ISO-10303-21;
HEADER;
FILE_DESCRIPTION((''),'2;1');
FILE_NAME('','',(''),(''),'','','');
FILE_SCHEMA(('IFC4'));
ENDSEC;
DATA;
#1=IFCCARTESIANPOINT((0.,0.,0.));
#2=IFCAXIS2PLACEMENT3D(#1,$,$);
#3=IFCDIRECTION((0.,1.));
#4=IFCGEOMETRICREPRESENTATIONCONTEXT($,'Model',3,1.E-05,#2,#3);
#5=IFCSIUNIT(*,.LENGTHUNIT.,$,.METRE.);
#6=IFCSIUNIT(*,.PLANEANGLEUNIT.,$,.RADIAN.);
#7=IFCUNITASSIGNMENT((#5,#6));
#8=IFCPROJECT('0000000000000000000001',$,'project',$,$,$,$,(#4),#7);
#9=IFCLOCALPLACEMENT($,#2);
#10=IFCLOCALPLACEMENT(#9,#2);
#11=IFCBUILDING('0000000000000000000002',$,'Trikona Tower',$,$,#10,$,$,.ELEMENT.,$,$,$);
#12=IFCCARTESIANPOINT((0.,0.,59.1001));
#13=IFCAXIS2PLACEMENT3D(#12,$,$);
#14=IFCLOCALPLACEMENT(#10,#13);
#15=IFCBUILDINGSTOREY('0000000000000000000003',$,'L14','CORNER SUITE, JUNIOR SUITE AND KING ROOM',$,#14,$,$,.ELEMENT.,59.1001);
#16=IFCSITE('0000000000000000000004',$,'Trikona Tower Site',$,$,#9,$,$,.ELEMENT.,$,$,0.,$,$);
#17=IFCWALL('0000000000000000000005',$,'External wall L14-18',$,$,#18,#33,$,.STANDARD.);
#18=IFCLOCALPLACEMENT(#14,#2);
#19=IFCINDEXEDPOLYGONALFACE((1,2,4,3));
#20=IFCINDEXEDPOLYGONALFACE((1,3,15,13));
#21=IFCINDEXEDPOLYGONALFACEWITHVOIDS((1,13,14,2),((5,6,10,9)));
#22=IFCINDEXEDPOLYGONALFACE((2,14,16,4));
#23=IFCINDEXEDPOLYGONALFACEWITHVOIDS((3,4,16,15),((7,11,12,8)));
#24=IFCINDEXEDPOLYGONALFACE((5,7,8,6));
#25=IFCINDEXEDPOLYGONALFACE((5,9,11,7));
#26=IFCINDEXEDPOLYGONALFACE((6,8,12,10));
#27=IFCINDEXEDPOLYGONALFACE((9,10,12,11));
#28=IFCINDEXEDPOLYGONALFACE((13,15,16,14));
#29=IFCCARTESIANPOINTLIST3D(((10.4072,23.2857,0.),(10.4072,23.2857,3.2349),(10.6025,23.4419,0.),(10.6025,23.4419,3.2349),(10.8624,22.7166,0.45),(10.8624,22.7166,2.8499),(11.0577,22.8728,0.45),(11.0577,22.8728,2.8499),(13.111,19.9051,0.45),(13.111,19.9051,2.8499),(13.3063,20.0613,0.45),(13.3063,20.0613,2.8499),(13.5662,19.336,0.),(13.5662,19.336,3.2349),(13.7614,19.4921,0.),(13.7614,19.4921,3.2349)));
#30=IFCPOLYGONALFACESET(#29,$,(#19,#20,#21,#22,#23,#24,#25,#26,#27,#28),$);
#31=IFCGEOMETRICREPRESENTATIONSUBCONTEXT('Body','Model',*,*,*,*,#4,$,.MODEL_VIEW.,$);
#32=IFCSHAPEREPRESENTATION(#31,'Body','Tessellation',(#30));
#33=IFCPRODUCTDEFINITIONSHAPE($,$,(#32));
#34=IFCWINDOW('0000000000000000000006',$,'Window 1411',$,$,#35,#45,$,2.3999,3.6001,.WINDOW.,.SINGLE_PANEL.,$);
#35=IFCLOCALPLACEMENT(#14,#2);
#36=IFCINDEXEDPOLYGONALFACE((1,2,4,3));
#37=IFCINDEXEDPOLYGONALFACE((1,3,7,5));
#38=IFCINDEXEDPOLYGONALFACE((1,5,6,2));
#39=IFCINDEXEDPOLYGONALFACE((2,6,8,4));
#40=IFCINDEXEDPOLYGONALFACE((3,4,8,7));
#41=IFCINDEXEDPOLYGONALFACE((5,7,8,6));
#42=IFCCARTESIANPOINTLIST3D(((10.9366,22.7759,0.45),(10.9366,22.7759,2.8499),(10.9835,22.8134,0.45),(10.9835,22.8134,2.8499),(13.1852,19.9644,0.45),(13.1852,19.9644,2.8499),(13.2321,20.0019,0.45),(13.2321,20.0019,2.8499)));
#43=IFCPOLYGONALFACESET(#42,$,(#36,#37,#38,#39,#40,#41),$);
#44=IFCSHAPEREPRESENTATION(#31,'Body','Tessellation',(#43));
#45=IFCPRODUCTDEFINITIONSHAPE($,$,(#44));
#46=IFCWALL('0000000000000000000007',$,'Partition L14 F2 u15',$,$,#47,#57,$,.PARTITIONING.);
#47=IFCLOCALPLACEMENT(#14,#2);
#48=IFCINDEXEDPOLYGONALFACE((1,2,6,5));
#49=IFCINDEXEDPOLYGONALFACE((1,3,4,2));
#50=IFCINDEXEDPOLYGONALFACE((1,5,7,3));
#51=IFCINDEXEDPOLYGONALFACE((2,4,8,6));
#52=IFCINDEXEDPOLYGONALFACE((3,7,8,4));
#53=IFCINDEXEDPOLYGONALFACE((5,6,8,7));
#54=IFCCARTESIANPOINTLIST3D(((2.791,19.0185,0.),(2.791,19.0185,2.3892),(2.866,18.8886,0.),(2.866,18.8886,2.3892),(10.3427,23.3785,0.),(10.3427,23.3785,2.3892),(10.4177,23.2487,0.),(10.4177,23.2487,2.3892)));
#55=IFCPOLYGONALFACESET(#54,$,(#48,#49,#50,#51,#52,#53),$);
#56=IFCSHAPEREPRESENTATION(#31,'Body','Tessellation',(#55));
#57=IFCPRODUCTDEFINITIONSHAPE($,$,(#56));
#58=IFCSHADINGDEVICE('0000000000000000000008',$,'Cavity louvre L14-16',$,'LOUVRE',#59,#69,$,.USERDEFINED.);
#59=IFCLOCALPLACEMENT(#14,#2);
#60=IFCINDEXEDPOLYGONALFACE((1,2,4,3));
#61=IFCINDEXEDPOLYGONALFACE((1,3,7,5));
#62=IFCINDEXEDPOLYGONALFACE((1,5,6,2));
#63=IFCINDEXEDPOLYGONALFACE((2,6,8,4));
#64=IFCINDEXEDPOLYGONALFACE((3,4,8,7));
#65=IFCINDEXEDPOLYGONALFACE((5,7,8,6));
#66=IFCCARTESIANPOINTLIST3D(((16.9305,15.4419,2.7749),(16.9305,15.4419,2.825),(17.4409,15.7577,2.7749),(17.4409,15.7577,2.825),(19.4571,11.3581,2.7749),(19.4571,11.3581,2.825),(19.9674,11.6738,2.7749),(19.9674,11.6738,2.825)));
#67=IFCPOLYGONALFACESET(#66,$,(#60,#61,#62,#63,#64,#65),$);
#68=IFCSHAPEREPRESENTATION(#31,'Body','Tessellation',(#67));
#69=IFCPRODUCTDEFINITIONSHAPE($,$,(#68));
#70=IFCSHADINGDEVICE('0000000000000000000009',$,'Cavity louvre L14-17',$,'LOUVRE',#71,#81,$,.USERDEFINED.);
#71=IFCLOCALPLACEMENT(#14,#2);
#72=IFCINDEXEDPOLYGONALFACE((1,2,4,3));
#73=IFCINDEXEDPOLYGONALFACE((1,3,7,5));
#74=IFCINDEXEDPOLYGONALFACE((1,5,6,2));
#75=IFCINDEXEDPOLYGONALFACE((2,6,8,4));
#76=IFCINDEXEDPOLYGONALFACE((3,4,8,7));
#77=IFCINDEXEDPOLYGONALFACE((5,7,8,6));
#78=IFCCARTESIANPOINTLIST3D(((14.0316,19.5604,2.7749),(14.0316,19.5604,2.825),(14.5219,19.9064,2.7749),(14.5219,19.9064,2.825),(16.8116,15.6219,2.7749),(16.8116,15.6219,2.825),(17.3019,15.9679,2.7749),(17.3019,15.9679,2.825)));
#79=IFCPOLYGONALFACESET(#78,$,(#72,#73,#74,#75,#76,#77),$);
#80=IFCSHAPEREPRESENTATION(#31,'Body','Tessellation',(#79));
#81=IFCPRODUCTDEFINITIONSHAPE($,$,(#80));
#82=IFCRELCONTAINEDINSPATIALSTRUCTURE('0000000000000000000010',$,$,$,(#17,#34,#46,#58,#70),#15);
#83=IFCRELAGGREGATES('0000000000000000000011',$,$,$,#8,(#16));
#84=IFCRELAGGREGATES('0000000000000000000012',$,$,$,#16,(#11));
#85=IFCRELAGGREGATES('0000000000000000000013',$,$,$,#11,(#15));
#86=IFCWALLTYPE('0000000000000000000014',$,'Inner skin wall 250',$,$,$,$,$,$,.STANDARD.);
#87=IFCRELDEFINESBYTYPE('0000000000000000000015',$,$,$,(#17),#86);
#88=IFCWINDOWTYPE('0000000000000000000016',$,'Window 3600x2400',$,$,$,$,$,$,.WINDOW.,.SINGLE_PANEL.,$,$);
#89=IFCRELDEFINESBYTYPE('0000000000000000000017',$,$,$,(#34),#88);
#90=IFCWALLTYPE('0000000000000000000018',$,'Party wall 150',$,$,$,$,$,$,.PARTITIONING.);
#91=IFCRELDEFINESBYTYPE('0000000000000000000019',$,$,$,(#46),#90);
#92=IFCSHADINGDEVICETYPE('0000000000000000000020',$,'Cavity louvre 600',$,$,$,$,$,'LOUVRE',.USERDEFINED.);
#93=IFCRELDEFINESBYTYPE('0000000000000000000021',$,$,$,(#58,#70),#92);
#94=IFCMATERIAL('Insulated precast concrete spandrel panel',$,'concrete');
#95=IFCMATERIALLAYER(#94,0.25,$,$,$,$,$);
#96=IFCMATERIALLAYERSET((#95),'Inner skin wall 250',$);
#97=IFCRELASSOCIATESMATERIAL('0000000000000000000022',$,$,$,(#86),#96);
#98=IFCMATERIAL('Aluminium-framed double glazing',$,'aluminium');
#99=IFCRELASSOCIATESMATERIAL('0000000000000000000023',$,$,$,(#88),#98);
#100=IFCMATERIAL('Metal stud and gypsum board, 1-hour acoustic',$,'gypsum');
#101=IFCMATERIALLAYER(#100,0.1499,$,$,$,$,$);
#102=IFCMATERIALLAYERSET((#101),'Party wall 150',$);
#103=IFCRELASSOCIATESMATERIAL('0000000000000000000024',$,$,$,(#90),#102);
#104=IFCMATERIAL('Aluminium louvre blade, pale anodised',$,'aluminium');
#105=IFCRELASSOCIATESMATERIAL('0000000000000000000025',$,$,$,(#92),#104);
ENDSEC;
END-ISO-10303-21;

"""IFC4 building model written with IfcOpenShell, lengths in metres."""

from ifc_helpers import new_model, si_unit, direction, frame, frame_2d, origin, origin_2d, place, context, subcontext, project, spatial, rectangle, extrude, material, layer, layer_set, type_object, element, fill, save


model = new_model("IFC4")

# Units and contexts
model_context = context("Model", 3, precision=1e-05, world=origin(), true_north=direction((0.0, 1.0)))
body_context = subcontext(model_context, "Body", "Model", "MODEL_VIEW")
ifc_project = project(units=[si_unit("LENGTHUNIT", "METRE"), si_unit("PLANEANGLEUNIT", "RADIAN")], contexts=[model_context])

# Site, building, storey
site_placement = place(None, origin())
site = spatial("IfcSite", under=ifc_project, at=site_placement, Name="Trikona Tower Site", CompositionType="ELEMENT", RefElevation=0.0)
building_placement = place(site_placement, origin())
building = spatial("IfcBuilding", under=site, at=building_placement, Name="Trikona Tower", CompositionType="ELEMENT")
storey_placement = place(building_placement, frame((0.0, 0.0, 59.1001)))
storey = spatial("IfcBuildingStorey", under=building, at=storey_placement, Name="L14", Description="CORNER SUITE, JUNIOR SUITE AND KING ROOM", CompositionType="ELEMENT", Elevation=59.1001)

# Wall, opening, window
ifc_material_1 = material(Name="Insulated precast concrete spandrel panel", Category="concrete")
ifc_layer_1 = layer(ifc_material_1, 0.25)
ifc_layer_set_1 = layer_set([ifc_layer_1], Name="Inner skin wall 250")
wall_type_1 = type_object("IfcWallType", Name="Inner skin wall 250", PredefinedType="STANDARD", material=ifc_layer_set_1)
ifc_material_2 = material(Name="Aluminium-framed double glazing", Category="aluminium")
window_type = type_object("IfcWindowType", Name="Window 3600x2400", PartitioningType="SINGLE_PANEL", PredefinedType="WINDOW", material=ifc_material_2)
wall_1_placement = place(storey_placement, frame((13.6638, 19.4141, 0.0), z_axis=(0.0, 0.0, 1.0), x_axis=(-0.624595, 0.780949, 0.0)))
wall_1 = element("IfcWall", 1, at=wall_1_placement, inside=storey, type_object=wall_type_1, Name="External wall L14-18", PredefinedType="STANDARD", context=body_context, shape_type="SweptSolid", body=[
    extrude(rectangle(XDim=5.0576, YDim=0.25, at=frame_2d((2.5288, 0.0))), origin(), (0.0, 0.0, 1.0), 3.2349),
])
opening_1_placement = place(wall_1_placement, frame((0.7288, 0.0, 0.45)))
opening_1 = element("IfcOpeningElement", 2, at=opening_1_placement, cuts=wall_1, PredefinedType="OPENING", context=body_context, shape_type="SweptSolid", body=[
    extrude(rectangle(XDim=3.6001, YDim=2.3999, at=frame_2d((1.8, 1.2))), frame((0.0, 0.135, 0.0), z_axis=(0.0, -1.0, 0.0), x_axis=(1.0, 0.0, 0.0)), (0.0, 0.0, 1.0), 0.27),
])
window_1_placement = place(opening_1_placement, origin())
window_1 = element("IfcWindow", 3, at=window_1_placement, inside=storey, type_object=window_type, Name="Window 1411", OverallHeight=2.3999, OverallWidth=3.6001, PartitioningType="SINGLE_PANEL", PredefinedType="WINDOW", context=body_context, shape_type="SweptSolid", body=[
    extrude(rectangle(XDim=3.6001, YDim=2.3999, at=frame_2d((1.8, 1.2))), frame((0.0, 0.03, 0.0), z_axis=(0.0, -1.0, 0.0), x_axis=(1.0, 0.0, 0.0)), (0.0, 0.0, 1.0), 0.0601),
])
fill(opening_1, window_1)

# Wall
ifc_material_3 = material(Name="Metal stud and gypsum board, 1-hour acoustic", Category="gypsum")
ifc_layer_2 = layer(ifc_material_3, 0.1499)
ifc_layer_set_2 = layer_set([ifc_layer_2], Name="Party wall 150")
wall_type_2 = type_object("IfcWallType", Name="Party wall 150", PredefinedType="PARTITIONING", material=ifc_layer_set_2)
wall_2_placement = place(storey_placement, frame((2.8286, 18.9536, 0.0), z_axis=(0.0, 0.0, 1.0), x_axis=(0.866021, 0.500008, 0.0)))
element("IfcWall", 4, at=wall_2_placement, inside=storey, type_object=wall_type_2, Name="Partition L14 F2 u15", PredefinedType="PARTITIONING", context=body_context, shape_type="SweptSolid", body=[
    extrude(rectangle(XDim=8.72, YDim=0.1499, at=frame_2d((4.3599, 0.0))), origin(), (0.0, 0.0, 1.0), 2.3892),
])

# Shading devices
ifc_material_4 = material(Name="Aluminium louvre blade, pale anodised", Category="aluminium")
shading_device_type = type_object("IfcShadingDeviceType", Name="Cavity louvre 600", ElementType="LOUVRE", PredefinedType="USERDEFINED", material=ifc_material_4)
shading_device_1_placement = place(storey_placement, frame((18.449, 13.5579, 2.7749), z_axis=(0.0, 0.0, 1.0), x_axis=(-0.526119, 0.850411, 0.0)))
element("IfcShadingDevice", 5, at=shading_device_1_placement, inside=storey, type_object=shading_device_type, Name="Cavity louvre L14-16", ObjectType="LOUVRE", PredefinedType="USERDEFINED", context=body_context, shape_type="SweptSolid", body=[
    extrude(rectangle(XDim=4.8022, YDim=0.6001, at=origin_2d()), origin(), (0.0, 0.0, 1.0), 0.05),
])
shading_device_2_placement = place(storey_placement, frame((15.6667, 17.7642, 2.7749), z_axis=(0.0, 0.0, 1.0), x_axis=(-0.576662, 0.816983, 0.0)))
element("IfcShadingDevice", 6, at=shading_device_2_placement, inside=storey, type_object=shading_device_type, Name="Cavity louvre L14-17", ObjectType="LOUVRE", PredefinedType="USERDEFINED", context=body_context, shape_type="SweptSolid", body=[
    extrude(rectangle(XDim=4.8208, YDim=0.6001, at=origin_2d()), origin(), (0.0, 0.0, 1.0), 0.05),
])

save(model, "model.ifc")
